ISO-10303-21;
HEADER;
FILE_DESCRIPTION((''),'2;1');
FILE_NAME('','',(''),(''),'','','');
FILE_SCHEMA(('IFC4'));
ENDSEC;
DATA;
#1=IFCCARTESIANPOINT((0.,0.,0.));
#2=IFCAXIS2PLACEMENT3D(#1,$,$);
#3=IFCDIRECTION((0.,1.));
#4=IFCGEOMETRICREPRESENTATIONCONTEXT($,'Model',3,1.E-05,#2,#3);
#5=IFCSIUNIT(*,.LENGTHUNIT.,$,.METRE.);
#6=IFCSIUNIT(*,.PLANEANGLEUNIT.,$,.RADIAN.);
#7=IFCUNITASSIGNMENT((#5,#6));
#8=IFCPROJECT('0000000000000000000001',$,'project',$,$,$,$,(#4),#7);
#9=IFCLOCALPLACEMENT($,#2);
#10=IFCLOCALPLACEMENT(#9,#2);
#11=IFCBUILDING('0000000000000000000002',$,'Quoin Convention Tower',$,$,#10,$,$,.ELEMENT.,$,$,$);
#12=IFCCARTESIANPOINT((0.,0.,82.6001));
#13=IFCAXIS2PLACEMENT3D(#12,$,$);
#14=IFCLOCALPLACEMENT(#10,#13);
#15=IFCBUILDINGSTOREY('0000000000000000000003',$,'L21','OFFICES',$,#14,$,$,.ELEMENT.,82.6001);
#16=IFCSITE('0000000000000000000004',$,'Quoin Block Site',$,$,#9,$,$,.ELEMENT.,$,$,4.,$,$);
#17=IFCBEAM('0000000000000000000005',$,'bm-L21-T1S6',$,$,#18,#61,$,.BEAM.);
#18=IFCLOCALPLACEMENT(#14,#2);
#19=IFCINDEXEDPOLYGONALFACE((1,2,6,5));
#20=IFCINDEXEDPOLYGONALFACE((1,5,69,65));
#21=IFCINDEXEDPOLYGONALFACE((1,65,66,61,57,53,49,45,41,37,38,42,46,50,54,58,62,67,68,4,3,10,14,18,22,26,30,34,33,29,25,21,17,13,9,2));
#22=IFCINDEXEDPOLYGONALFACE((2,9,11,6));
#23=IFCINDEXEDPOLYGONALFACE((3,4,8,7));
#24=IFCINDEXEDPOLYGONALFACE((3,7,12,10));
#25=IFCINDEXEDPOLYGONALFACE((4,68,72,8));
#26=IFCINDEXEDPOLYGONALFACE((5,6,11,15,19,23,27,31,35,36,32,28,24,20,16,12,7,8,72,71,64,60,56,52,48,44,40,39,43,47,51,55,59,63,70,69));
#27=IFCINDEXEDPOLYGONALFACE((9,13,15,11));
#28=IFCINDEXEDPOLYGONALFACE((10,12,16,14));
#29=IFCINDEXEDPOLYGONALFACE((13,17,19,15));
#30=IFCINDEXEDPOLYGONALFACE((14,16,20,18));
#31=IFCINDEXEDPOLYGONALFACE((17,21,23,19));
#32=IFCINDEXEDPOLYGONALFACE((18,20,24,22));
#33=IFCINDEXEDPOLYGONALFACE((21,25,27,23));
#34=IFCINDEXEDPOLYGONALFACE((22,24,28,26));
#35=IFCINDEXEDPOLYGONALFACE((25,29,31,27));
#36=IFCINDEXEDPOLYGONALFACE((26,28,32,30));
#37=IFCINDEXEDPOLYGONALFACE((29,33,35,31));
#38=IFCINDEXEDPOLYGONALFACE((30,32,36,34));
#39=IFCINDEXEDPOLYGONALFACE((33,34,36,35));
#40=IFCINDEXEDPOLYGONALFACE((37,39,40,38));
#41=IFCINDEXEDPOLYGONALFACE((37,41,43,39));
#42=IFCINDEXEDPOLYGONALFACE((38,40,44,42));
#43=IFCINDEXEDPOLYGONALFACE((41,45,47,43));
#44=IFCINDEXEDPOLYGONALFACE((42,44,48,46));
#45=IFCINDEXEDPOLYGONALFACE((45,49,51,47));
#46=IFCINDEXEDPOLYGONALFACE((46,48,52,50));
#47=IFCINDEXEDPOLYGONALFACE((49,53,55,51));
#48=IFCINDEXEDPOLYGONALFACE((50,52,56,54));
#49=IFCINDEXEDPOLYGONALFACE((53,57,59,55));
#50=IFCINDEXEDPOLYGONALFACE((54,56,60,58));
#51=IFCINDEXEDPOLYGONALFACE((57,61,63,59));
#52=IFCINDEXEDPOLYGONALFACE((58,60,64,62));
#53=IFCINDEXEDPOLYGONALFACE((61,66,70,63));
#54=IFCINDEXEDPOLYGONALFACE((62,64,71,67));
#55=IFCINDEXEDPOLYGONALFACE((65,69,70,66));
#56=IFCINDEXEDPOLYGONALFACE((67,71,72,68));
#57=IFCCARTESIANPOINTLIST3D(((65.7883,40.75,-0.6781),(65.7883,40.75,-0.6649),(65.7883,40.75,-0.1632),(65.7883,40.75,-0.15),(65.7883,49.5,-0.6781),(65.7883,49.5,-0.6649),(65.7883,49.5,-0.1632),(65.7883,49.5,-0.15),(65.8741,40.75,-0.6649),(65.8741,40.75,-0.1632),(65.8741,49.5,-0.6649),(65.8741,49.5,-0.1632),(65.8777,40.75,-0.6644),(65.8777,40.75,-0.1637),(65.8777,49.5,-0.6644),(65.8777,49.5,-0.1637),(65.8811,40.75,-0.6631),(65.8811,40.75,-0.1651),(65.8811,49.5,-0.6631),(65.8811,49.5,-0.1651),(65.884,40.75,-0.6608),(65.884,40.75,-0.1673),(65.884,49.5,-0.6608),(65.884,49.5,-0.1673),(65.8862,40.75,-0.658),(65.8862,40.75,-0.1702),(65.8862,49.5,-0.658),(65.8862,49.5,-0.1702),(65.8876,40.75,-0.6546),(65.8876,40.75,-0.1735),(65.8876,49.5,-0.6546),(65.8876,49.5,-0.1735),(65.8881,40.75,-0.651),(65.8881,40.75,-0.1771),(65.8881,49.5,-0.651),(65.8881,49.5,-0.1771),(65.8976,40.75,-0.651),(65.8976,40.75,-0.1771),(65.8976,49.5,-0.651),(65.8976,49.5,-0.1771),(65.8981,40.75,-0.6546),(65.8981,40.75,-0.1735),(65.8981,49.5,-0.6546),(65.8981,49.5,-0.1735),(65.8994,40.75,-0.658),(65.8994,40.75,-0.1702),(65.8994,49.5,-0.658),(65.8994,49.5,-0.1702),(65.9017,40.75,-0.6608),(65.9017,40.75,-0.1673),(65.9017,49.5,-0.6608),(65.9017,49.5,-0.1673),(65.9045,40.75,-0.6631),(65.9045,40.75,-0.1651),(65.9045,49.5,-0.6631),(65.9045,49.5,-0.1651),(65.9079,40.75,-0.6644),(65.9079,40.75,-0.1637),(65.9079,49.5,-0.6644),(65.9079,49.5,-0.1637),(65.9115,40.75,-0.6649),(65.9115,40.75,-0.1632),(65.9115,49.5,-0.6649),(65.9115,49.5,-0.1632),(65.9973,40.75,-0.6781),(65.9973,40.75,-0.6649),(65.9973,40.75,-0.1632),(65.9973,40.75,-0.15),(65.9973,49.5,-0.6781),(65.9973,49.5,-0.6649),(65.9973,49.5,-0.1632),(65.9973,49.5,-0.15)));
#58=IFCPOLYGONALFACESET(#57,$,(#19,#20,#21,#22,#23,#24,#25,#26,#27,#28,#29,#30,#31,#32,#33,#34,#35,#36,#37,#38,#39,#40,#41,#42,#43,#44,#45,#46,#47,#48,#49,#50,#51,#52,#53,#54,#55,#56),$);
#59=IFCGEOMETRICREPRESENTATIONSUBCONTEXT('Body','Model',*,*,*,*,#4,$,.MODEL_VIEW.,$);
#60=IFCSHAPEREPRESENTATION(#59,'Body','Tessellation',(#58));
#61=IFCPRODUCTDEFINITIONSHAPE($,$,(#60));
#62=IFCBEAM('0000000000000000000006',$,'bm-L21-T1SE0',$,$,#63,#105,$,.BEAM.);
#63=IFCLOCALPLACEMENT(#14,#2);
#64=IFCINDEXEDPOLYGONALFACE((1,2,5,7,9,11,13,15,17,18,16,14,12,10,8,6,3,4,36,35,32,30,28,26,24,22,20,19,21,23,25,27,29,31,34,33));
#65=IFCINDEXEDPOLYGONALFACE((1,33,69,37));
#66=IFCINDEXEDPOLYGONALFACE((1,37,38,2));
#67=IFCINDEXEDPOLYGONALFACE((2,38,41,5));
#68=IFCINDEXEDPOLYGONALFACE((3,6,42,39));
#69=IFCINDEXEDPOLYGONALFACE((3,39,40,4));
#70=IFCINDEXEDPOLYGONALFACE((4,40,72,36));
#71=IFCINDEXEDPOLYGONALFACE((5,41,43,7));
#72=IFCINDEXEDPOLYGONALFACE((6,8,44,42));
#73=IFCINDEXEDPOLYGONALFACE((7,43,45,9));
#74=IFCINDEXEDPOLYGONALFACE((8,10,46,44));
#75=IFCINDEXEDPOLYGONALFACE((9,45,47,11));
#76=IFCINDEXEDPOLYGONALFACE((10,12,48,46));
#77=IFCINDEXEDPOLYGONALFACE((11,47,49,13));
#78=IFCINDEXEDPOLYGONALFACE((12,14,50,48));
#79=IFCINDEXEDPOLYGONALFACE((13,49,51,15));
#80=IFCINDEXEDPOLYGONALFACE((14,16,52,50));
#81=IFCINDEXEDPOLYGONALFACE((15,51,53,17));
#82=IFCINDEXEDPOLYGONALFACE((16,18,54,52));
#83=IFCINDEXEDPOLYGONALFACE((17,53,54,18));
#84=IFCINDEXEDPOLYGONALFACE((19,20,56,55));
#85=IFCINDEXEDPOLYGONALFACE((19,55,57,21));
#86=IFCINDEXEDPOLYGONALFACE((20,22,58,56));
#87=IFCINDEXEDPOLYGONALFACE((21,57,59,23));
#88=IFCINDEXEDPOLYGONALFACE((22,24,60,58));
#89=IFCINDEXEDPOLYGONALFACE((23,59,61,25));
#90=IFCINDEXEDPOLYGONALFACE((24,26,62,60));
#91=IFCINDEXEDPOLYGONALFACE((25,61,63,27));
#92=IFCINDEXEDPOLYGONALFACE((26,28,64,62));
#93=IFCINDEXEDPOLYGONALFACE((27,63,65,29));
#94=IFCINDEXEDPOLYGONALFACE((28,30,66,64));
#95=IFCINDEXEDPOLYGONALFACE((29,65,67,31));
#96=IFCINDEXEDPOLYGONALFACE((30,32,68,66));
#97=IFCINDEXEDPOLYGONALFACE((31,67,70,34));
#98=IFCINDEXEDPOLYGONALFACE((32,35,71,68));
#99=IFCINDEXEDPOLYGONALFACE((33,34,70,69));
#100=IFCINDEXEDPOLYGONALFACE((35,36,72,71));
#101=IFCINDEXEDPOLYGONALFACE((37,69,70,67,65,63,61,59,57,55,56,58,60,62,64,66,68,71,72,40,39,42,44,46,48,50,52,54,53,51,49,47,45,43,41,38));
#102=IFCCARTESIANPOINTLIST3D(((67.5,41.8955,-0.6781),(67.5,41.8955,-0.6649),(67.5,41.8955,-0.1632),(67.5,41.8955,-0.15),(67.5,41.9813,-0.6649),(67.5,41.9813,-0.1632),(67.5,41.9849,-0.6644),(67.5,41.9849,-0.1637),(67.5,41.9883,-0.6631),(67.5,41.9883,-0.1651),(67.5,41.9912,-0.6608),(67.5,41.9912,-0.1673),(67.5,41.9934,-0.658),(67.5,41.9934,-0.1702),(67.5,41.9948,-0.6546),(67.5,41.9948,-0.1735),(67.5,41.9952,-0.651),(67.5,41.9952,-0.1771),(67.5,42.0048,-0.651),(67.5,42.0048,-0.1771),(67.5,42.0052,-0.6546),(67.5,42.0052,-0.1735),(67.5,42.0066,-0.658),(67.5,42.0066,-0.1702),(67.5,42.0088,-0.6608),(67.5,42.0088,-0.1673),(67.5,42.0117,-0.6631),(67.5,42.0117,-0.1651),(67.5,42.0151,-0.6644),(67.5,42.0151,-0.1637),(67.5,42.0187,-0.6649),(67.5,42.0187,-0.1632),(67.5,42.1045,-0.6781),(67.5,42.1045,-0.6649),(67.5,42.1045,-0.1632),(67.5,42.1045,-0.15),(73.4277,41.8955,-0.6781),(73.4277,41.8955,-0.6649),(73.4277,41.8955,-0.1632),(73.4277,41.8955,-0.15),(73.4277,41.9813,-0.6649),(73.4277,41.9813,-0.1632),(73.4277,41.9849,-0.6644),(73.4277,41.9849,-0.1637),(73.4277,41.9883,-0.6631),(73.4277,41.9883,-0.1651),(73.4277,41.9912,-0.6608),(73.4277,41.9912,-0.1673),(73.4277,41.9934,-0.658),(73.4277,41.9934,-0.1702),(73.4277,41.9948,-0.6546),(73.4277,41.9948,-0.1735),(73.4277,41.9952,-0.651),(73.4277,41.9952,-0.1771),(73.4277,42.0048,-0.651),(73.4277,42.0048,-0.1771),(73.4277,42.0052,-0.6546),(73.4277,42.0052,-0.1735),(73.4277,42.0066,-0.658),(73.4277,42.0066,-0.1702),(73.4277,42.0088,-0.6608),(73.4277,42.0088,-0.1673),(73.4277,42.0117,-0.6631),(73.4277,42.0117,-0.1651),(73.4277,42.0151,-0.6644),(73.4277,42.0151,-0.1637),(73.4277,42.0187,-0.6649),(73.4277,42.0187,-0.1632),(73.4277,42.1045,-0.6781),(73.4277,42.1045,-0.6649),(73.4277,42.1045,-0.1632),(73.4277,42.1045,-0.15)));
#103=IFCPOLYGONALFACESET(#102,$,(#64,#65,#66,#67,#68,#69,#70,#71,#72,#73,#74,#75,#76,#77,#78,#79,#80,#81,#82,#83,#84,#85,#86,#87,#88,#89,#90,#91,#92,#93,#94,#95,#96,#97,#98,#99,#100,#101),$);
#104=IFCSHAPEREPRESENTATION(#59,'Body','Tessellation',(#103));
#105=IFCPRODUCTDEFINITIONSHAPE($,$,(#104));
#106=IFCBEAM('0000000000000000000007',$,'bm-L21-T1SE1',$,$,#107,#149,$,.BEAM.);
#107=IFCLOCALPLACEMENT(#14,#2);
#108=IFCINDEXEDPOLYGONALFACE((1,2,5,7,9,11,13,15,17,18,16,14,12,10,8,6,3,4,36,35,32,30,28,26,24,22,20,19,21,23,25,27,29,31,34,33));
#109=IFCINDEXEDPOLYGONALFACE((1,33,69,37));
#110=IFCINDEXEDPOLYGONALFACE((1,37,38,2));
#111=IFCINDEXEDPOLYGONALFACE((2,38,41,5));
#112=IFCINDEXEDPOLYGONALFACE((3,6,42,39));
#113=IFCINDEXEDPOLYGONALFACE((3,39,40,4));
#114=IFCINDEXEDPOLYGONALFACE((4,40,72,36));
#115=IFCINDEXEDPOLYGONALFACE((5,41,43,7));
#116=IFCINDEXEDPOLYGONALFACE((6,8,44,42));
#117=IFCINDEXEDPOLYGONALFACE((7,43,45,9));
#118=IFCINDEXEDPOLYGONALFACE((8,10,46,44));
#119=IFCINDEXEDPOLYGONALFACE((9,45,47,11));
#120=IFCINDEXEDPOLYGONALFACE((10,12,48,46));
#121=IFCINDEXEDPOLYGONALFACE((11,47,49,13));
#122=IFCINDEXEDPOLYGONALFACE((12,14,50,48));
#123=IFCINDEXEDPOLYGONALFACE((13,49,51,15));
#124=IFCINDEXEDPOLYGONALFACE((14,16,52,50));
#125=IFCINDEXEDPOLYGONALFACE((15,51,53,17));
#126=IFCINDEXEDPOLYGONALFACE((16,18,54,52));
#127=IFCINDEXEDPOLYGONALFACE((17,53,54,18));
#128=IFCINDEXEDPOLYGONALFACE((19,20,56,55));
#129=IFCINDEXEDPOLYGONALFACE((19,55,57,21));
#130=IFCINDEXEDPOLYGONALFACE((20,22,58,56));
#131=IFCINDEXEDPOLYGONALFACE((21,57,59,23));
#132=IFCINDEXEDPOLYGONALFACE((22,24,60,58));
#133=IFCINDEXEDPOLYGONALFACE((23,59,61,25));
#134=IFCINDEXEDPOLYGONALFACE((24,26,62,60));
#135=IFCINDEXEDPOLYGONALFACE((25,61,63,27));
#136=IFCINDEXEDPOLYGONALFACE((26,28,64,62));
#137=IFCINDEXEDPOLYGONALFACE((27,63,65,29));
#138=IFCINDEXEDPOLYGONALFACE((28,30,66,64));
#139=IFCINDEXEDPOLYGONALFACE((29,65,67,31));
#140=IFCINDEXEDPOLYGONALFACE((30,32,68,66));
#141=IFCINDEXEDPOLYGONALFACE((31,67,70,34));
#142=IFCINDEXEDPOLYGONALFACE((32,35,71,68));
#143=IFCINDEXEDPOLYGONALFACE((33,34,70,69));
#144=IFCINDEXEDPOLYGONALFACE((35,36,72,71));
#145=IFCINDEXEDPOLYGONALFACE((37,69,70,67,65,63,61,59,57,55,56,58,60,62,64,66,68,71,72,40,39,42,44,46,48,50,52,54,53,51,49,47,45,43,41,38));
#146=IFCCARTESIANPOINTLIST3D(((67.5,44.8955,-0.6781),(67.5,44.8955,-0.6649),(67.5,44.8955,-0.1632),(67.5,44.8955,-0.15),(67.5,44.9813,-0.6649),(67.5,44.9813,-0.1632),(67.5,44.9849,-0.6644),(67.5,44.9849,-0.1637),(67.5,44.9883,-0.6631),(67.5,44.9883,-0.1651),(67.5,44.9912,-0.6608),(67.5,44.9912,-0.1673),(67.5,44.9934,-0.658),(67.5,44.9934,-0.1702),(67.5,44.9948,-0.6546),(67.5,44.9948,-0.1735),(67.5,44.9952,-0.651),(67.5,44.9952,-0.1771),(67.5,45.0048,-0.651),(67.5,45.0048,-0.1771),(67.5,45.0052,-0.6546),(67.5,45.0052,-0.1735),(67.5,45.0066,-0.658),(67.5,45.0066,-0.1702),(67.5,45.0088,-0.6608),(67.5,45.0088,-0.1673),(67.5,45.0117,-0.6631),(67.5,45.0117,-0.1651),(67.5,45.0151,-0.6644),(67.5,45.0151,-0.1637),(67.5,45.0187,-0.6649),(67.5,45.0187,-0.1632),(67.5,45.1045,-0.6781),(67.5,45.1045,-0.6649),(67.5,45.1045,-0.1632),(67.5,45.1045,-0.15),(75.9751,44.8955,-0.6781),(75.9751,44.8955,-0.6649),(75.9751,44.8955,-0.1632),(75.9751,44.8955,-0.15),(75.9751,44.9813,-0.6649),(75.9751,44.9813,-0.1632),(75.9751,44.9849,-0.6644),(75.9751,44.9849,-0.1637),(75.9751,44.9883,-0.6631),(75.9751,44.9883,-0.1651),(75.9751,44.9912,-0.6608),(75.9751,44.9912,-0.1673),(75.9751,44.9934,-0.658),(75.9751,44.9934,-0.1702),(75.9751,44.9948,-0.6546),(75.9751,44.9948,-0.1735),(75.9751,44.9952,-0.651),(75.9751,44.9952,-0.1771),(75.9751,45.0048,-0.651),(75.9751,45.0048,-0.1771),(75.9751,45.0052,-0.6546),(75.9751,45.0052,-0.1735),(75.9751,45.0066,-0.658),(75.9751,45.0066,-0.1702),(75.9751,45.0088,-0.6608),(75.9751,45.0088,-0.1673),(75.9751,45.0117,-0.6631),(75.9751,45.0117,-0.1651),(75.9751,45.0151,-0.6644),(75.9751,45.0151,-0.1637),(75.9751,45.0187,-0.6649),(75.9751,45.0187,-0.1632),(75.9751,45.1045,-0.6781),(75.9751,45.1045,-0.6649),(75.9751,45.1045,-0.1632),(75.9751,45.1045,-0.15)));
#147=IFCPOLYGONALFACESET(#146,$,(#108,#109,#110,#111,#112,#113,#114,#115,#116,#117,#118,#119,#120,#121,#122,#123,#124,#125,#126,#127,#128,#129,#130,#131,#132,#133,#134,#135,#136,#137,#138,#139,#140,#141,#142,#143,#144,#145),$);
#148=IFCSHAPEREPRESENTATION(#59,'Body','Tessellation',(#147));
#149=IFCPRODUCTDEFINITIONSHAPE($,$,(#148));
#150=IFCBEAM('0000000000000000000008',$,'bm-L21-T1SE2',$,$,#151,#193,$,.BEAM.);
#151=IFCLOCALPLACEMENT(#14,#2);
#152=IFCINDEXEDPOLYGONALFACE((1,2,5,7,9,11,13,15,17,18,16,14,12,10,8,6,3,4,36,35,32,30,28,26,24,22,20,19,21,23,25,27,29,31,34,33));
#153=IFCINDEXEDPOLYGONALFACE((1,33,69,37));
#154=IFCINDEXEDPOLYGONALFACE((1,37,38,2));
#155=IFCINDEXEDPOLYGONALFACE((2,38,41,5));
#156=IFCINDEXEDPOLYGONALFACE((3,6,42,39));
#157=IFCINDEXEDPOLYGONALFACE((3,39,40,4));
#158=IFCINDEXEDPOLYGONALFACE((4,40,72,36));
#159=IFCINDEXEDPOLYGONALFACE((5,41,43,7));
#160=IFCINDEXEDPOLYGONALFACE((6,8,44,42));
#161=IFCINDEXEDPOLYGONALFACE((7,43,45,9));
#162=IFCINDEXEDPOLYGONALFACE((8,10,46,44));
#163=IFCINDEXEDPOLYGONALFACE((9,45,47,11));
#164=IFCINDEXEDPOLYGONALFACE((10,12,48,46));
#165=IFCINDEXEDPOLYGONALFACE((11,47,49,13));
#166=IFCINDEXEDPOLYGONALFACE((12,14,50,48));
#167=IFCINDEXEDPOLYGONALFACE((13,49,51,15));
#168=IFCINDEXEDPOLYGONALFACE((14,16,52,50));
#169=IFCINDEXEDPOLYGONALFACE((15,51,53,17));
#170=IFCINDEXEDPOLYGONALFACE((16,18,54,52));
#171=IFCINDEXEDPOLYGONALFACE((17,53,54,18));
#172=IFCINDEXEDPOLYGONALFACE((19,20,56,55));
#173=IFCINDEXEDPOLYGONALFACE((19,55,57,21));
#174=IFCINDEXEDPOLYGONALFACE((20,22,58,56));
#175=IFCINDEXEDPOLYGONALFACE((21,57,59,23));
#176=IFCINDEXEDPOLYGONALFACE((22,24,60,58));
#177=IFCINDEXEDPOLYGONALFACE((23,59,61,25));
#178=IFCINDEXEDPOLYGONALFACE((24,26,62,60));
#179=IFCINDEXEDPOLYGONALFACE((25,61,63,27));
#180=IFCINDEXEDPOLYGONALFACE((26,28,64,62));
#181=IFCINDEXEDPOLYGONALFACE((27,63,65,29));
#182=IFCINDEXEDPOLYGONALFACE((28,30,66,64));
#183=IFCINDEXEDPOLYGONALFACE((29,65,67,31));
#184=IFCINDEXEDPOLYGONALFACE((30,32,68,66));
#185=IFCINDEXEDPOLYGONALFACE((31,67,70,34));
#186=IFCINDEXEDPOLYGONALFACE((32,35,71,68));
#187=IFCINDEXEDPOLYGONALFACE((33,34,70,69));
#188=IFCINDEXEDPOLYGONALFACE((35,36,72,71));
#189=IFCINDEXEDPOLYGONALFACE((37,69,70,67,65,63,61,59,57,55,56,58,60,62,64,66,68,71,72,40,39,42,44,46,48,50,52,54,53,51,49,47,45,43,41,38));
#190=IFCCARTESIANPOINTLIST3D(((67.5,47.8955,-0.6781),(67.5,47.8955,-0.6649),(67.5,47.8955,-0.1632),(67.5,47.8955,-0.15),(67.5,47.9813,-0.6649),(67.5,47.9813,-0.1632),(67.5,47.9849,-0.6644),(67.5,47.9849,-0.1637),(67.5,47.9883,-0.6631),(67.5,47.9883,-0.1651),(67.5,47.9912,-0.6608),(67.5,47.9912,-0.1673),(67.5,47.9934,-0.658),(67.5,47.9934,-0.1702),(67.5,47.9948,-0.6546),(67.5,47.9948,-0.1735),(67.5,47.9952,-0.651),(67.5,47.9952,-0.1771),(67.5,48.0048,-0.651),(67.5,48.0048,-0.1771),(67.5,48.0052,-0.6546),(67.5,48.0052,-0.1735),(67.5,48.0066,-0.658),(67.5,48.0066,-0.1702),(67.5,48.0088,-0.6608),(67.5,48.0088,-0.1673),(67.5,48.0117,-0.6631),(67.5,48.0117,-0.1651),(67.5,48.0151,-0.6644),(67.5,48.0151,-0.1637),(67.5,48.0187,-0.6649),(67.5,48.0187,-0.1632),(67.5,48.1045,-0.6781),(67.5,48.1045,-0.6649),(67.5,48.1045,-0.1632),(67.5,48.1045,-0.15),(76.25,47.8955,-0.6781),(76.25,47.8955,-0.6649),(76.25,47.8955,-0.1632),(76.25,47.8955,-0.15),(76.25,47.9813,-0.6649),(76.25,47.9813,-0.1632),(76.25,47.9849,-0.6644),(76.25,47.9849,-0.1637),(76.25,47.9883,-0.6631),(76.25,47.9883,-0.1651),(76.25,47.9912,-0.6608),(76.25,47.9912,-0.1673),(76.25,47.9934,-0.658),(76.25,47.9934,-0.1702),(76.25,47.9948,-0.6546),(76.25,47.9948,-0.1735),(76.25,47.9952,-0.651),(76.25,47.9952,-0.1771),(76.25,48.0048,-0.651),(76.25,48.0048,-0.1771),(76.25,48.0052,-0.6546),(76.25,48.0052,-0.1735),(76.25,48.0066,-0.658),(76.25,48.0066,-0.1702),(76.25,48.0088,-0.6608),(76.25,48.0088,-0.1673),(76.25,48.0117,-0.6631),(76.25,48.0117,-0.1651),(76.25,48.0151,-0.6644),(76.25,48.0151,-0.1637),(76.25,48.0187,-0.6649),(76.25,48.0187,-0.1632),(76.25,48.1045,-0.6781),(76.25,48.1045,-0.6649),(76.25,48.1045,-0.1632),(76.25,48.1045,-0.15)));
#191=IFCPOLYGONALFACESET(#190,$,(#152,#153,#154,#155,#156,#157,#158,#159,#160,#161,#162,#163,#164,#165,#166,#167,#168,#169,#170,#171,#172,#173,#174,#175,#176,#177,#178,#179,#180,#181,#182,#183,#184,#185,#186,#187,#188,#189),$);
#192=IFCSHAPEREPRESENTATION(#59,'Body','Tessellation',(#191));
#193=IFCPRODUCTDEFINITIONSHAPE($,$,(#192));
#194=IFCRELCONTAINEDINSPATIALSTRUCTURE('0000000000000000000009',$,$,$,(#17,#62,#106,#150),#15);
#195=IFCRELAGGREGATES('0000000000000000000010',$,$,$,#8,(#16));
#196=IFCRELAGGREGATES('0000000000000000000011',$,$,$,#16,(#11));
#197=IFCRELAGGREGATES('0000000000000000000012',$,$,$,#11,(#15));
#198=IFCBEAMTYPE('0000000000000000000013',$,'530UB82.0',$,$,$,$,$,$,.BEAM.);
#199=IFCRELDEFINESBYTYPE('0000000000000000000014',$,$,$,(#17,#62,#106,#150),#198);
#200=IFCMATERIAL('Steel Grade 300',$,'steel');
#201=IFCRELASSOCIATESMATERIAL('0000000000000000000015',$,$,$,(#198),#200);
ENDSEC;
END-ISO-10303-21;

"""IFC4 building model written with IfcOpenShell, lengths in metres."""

from ifc_helpers import new_model, si_unit, direction, frame, origin, origin_2d, place, context, subcontext, project, spatial, i_section, extrude, material, material_profile, profile_set, type_object, element, save


model = new_model("IFC4")

# Units and contexts
model_context = context("Model", 3, precision=1e-05, world=origin(), true_north=direction((0.0, 1.0)))
body_context = subcontext(model_context, "Body", "Model", "MODEL_VIEW")
ifc_project = project(units=[si_unit("LENGTHUNIT", "METRE"), si_unit("PLANEANGLEUNIT", "RADIAN")], contexts=[model_context])

# Site, building, storey
site_placement = place(None, origin())
site = spatial("IfcSite", under=ifc_project, at=site_placement, Name="Quoin Block Site", CompositionType="ELEMENT", RefElevation=4.0)
building_placement = place(site_placement, origin())
building = spatial("IfcBuilding", under=site, at=building_placement, Name="Quoin Convention Tower", CompositionType="ELEMENT")
storey_placement = place(building_placement, frame((0.0, 0.0, 82.6001)))
storey = spatial("IfcBuildingStorey", under=building, at=storey_placement, Name="L21", Description="OFFICES", CompositionType="ELEMENT", Elevation=82.6001)

# Beams
ifc_material_1 = material(Name="Steel Grade 300", Category="steel")
ifc_material_profile_1 = material_profile(ifc_material_1, i_section(OverallWidth=0.209, OverallDepth=0.5281, WebThickness=0.0095, FlangeThickness=0.0132, FilletRadius=0.0139, at=origin_2d()), Name="530UB82.0")
ifc_profile_set_1 = profile_set([ifc_material_profile_1], Name="Steel Grade 300")
beam_type_1 = type_object("IfcBeamType", Name="530UB82.0", PredefinedType="BEAM", material=ifc_profile_set_1)
beam_1_placement = place(storey_placement, frame((65.8928, 40.75, -0.4141), z_axis=(0.0, 1.0, 0.0), x_axis=(-1.0, 0.0, 0.0)))
element("IfcBeam", 1, at=beam_1_placement, inside=storey, type_object=beam_type_1, Name="bm-L21-T1S6", PredefinedType="BEAM", context=body_context, shape_type="SweptSolid", body=[
    extrude(i_section(OverallWidth=0.209, OverallDepth=0.5281, WebThickness=0.0095, FlangeThickness=0.0132, FilletRadius=0.0139, at=origin_2d()), origin(), (0.0, 0.0, 1.0), 8.75),
])
beam_2_placement = place(storey_placement, frame((67.5, 42.0, -0.4141), z_axis=(1.0, 0.0, 0.0), x_axis=(0.0, 1.0, 0.0)))
element("IfcBeam", 2, at=beam_2_placement, inside=storey, type_object=beam_type_1, Name="bm-L21-T1SE0", PredefinedType="BEAM", context=body_context, shape_type="SweptSolid", body=[
    extrude(i_section(OverallWidth=0.209, OverallDepth=0.5281, WebThickness=0.0095, FlangeThickness=0.0132, FilletRadius=0.0139, at=origin_2d()), origin(), (0.0, 0.0, 1.0), 5.9277),
])
beam_3_placement = place(storey_placement, frame((67.5, 45.0, -0.4141), z_axis=(1.0, 0.0, 0.0), x_axis=(0.0, 1.0, 0.0)))
element("IfcBeam", 3, at=beam_3_placement, inside=storey, type_object=beam_type_1, Name="bm-L21-T1SE1", PredefinedType="BEAM", context=body_context, shape_type="SweptSolid", body=[
    extrude(i_section(OverallWidth=0.209, OverallDepth=0.5281, WebThickness=0.0095, FlangeThickness=0.0132, FilletRadius=0.0139, at=origin_2d()), origin(), (0.0, 0.0, 1.0), 8.4751),
])
beam_4_placement = place(storey_placement, frame((67.5, 48.0, -0.4141), z_axis=(1.0, 0.0, 0.0), x_axis=(0.0, 1.0, 0.0)))
element("IfcBeam", 4, at=beam_4_placement, inside=storey, type_object=beam_type_1, Name="bm-L21-T1SE2", PredefinedType="BEAM", context=body_context, shape_type="SweptSolid", body=[
    extrude(i_section(OverallWidth=0.209, OverallDepth=0.5281, WebThickness=0.0095, FlangeThickness=0.0132, FilletRadius=0.0139, at=origin_2d()), origin(), (0.0, 0.0, 1.0), 8.75),
])

save(model, "model.ifc")
